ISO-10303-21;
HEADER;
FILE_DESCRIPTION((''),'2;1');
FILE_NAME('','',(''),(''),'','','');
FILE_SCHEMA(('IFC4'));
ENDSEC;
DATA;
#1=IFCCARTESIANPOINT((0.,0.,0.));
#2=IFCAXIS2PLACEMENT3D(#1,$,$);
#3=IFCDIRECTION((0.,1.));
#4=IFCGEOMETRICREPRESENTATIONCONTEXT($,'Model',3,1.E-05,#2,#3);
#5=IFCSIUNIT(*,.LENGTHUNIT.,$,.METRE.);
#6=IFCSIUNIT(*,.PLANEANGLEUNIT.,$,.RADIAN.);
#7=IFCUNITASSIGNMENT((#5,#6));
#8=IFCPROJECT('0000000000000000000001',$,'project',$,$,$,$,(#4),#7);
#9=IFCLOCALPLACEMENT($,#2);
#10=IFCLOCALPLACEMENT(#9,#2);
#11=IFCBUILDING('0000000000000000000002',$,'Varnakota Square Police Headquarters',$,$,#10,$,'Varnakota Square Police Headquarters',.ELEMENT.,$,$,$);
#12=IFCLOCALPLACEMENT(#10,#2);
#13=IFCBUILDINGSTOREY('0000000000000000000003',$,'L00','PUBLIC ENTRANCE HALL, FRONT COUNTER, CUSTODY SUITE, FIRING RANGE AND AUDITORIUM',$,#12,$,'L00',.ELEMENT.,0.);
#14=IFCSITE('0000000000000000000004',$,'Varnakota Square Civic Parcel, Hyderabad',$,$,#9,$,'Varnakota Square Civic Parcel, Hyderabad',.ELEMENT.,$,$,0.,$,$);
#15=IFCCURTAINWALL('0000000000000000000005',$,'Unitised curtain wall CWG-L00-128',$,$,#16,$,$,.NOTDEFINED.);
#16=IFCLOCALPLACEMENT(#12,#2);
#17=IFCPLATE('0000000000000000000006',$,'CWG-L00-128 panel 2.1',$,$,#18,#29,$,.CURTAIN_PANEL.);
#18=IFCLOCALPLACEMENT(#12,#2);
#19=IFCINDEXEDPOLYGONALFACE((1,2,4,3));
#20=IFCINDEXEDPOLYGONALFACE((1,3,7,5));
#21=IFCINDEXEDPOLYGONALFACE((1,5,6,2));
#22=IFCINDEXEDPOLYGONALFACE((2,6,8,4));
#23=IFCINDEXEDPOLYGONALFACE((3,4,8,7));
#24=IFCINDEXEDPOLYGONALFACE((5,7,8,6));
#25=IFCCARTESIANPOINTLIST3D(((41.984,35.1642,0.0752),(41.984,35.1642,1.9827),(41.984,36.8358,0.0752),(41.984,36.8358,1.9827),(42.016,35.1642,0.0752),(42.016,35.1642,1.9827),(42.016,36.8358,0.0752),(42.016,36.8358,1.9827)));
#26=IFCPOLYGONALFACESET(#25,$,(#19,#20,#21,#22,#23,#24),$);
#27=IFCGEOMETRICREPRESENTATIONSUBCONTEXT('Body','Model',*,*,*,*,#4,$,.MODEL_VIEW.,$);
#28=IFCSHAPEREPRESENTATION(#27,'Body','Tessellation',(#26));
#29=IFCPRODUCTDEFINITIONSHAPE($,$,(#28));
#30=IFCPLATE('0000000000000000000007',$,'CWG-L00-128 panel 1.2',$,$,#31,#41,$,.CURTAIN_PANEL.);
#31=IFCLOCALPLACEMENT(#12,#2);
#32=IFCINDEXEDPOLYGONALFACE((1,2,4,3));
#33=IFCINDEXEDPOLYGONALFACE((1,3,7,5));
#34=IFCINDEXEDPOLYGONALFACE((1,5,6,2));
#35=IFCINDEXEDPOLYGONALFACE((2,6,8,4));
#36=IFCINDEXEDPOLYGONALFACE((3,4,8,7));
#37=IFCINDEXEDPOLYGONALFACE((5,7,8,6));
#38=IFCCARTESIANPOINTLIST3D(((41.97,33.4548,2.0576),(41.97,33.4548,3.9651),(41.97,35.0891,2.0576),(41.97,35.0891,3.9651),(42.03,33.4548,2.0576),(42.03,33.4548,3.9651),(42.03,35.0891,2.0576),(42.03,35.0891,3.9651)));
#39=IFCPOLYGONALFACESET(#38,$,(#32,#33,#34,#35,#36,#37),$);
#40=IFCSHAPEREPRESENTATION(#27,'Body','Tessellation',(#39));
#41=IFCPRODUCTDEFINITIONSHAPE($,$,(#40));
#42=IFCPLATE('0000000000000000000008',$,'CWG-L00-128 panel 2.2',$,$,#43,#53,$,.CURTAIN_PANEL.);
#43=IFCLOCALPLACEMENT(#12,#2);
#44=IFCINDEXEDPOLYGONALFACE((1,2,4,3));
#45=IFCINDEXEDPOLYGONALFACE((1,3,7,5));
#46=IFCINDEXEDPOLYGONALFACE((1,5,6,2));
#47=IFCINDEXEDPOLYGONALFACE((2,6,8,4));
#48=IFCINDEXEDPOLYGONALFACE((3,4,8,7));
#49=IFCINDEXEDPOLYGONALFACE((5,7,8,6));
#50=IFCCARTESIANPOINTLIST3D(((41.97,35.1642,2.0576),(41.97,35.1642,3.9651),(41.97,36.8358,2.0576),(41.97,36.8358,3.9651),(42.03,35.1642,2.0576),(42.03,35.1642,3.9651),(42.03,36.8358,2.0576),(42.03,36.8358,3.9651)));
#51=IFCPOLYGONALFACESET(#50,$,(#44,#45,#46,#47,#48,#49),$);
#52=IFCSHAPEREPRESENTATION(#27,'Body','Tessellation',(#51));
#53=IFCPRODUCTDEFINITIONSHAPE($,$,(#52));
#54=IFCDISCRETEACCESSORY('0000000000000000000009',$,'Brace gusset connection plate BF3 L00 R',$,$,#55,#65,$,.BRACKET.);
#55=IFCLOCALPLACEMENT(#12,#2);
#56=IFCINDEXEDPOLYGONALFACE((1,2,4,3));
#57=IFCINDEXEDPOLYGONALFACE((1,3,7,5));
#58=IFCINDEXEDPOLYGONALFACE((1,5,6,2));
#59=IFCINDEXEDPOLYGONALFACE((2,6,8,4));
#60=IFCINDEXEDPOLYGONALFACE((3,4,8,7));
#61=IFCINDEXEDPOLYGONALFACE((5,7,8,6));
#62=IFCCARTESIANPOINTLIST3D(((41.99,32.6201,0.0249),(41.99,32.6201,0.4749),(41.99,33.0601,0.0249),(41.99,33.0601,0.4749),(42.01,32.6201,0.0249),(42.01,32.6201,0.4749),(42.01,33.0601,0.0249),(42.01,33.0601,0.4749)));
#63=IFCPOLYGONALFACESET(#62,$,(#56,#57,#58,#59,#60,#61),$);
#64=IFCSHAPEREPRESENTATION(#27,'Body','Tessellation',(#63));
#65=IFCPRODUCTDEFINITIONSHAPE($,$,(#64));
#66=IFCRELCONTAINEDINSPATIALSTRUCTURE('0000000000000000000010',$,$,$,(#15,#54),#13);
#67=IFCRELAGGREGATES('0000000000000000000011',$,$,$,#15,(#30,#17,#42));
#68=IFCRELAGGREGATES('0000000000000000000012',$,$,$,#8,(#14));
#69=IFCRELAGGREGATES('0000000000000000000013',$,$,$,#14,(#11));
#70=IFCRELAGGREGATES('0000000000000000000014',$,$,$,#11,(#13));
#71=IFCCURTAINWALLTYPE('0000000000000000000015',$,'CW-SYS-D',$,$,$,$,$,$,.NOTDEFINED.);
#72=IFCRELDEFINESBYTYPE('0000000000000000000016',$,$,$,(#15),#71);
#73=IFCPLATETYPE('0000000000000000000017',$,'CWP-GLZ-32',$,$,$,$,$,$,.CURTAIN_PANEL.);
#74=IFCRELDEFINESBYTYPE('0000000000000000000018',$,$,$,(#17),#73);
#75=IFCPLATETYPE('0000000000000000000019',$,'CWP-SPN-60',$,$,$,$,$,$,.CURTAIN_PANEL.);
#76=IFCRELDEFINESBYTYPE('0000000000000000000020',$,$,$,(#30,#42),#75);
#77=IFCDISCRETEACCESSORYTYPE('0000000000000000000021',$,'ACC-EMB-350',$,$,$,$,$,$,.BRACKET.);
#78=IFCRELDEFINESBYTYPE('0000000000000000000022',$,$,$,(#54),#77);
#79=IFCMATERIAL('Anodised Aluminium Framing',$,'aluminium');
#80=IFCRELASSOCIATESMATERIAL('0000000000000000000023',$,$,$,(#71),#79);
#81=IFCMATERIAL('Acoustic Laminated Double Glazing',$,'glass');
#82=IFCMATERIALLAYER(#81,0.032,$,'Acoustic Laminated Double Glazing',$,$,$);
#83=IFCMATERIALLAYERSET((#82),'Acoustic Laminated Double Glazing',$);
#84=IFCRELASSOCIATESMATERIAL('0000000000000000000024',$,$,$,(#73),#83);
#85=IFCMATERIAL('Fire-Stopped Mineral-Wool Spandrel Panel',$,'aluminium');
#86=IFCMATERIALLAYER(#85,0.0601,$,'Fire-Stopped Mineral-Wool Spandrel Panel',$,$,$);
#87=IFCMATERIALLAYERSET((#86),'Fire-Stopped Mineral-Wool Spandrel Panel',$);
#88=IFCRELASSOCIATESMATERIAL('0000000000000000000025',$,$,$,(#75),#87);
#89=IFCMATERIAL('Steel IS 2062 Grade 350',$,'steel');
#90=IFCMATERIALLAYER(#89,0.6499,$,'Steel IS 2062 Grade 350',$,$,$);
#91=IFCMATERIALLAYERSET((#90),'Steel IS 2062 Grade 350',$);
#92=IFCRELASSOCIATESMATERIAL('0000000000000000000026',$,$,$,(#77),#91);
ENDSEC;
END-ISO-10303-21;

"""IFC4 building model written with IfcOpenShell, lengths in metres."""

from ifc_helpers import new_model, si_unit, direction, frame, origin, origin_2d, place, context, subcontext, project, spatial, rectangle, extrude, material, layer, layer_set, type_object, element, aggregate, save


model = new_model("IFC4")

# Units and contexts
model_context = context("Model", 3, precision=1e-05, world=origin(), true_north=direction((0.0, 1.0)))
body_context = subcontext(model_context, "Body", "Model", "MODEL_VIEW")
ifc_project = project(units=[si_unit("LENGTHUNIT", "METRE"), si_unit("PLANEANGLEUNIT", "RADIAN")], contexts=[model_context])

# Site, building, storey
site_placement = place(None, origin())
site = spatial("IfcSite", under=ifc_project, at=site_placement, Name="Varnakota Square Civic Parcel, Hyderabad", LongName="Varnakota Square Civic Parcel, Hyderabad", CompositionType="ELEMENT", RefElevation=0.0)
building_placement = place(site_placement, origin())
building = spatial("IfcBuilding", under=site, at=building_placement, Name="Varnakota Square Police Headquarters", LongName="Varnakota Square Police Headquarters", CompositionType="ELEMENT")
storey_placement = place(building_placement, origin())
storey = spatial("IfcBuildingStorey", under=building, at=storey_placement, Name="L00", Description="PUBLIC ENTRANCE HALL, FRONT COUNTER, CUSTODY SUITE, FIRING RANGE AND AUDITORIUM", LongName="L00", CompositionType="ELEMENT", Elevation=0.0)

# Shared definitions
ifc_material_1 = material(Name="Steel IS 2062 Grade 350", Category="steel")

# Curtain wall
ifc_material_2 = material(Name="Anodised Aluminium Framing", Category="aluminium")
curtain_wall_type = type_object("IfcCurtainWallType", Name="CW-SYS-D", PredefinedType="NOTDEFINED", material=ifc_material_2)
curtain_wall_placement = place(storey_placement, origin())
curtain_wall = element("IfcCurtainWall", 1, at=curtain_wall_placement, inside=storey, type_object=curtain_wall_type, Name="Unitised curtain wall CWG-L00-128", PredefinedType="NOTDEFINED")

# Plates
ifc_material_3 = material(Name="Acoustic Laminated Double Glazing", Category="glass")
ifc_layer_1 = layer(ifc_material_3, 0.032, Name="Acoustic Laminated Double Glazing")
ifc_layer_set_1 = layer_set([ifc_layer_1], Name="Acoustic Laminated Double Glazing")
plate_type_1 = type_object("IfcPlateType", Name="CWP-GLZ-32", PredefinedType="CURTAIN_PANEL", material=ifc_layer_set_1)
plate_1_placement = place(storey_placement, frame((42.0, 36.0, 0.0752), z_axis=(0.0, 0.0, 1.0), x_axis=(0.0, 1.0, 0.0)))
plate_1 = element("IfcPlate", 2, at=plate_1_placement, type_object=plate_type_1, Name="CWG-L00-128 panel 2.1", PredefinedType="CURTAIN_PANEL", context=body_context, shape_type="SweptSolid", body=[
    extrude(rectangle(XDim=1.6716, YDim=0.032, at=origin_2d()), origin(), (0.0, 0.0, 1.0), 1.9075),
])
ifc_material_4 = material(Name="Fire-Stopped Mineral-Wool Spandrel Panel", Category="aluminium")
ifc_layer_2 = layer(ifc_material_4, 0.0601, Name="Fire-Stopped Mineral-Wool Spandrel Panel")
ifc_layer_set_2 = layer_set([ifc_layer_2], Name="Fire-Stopped Mineral-Wool Spandrel Panel")
plate_type_2 = type_object("IfcPlateType", Name="CWP-SPN-60", PredefinedType="CURTAIN_PANEL", material=ifc_layer_set_2)
plate_2_placement = place(storey_placement, frame((42.0, 34.272, 2.0576), z_axis=(0.0, 0.0, 1.0), x_axis=(0.0, 1.0, 0.0)))
plate_2 = element("IfcPlate", 3, at=plate_2_placement, type_object=plate_type_2, Name="CWG-L00-128 panel 1.2", PredefinedType="CURTAIN_PANEL", context=body_context, shape_type="SweptSolid", body=[
    extrude(rectangle(XDim=1.6343, YDim=0.0601, at=origin_2d()), origin(), (0.0, 0.0, 1.0), 1.9075),
])
plate_3_placement = place(storey_placement, frame((42.0, 36.0, 2.0576), z_axis=(0.0, 0.0, 1.0), x_axis=(0.0, 1.0, 0.0)))
plate_3 = element("IfcPlate", 4, at=plate_3_placement, type_object=plate_type_2, Name="CWG-L00-128 panel 2.2", PredefinedType="CURTAIN_PANEL", context=body_context, shape_type="SweptSolid", body=[
    extrude(rectangle(XDim=1.6716, YDim=0.0601, at=origin_2d()), origin(), (0.0, 0.0, 1.0), 1.9075),
])
aggregate(curtain_wall, [plate_2, plate_1, plate_3])

# Discrete accessory
ifc_layer_3 = layer(ifc_material_1, 0.6499, Name="Steel IS 2062 Grade 350")
ifc_layer_set_3 = layer_set([ifc_layer_3], Name="Steel IS 2062 Grade 350")
discrete_accessory_type = type_object("IfcDiscreteAccessoryType", Name="ACC-EMB-350", PredefinedType="BRACKET", material=ifc_layer_set_3)
discrete_accessory_placement = place(storey_placement, frame((42.0, 32.8401, 0.0249), z_axis=(0.0, 0.0, 1.0), x_axis=(0.0, 1.0, 0.0)))
element("IfcDiscreteAccessory", 5, at=discrete_accessory_placement, inside=storey, type_object=discrete_accessory_type, Name="Brace gusset connection plate BF3 L00 R", PredefinedType="BRACKET", context=body_context, shape_type="SweptSolid", body=[
    extrude(rectangle(XDim=0.4399, YDim=0.02, at=origin_2d()), origin(), (0.0, 0.0, 1.0), 0.45),
])

save(model, "model.ifc")
